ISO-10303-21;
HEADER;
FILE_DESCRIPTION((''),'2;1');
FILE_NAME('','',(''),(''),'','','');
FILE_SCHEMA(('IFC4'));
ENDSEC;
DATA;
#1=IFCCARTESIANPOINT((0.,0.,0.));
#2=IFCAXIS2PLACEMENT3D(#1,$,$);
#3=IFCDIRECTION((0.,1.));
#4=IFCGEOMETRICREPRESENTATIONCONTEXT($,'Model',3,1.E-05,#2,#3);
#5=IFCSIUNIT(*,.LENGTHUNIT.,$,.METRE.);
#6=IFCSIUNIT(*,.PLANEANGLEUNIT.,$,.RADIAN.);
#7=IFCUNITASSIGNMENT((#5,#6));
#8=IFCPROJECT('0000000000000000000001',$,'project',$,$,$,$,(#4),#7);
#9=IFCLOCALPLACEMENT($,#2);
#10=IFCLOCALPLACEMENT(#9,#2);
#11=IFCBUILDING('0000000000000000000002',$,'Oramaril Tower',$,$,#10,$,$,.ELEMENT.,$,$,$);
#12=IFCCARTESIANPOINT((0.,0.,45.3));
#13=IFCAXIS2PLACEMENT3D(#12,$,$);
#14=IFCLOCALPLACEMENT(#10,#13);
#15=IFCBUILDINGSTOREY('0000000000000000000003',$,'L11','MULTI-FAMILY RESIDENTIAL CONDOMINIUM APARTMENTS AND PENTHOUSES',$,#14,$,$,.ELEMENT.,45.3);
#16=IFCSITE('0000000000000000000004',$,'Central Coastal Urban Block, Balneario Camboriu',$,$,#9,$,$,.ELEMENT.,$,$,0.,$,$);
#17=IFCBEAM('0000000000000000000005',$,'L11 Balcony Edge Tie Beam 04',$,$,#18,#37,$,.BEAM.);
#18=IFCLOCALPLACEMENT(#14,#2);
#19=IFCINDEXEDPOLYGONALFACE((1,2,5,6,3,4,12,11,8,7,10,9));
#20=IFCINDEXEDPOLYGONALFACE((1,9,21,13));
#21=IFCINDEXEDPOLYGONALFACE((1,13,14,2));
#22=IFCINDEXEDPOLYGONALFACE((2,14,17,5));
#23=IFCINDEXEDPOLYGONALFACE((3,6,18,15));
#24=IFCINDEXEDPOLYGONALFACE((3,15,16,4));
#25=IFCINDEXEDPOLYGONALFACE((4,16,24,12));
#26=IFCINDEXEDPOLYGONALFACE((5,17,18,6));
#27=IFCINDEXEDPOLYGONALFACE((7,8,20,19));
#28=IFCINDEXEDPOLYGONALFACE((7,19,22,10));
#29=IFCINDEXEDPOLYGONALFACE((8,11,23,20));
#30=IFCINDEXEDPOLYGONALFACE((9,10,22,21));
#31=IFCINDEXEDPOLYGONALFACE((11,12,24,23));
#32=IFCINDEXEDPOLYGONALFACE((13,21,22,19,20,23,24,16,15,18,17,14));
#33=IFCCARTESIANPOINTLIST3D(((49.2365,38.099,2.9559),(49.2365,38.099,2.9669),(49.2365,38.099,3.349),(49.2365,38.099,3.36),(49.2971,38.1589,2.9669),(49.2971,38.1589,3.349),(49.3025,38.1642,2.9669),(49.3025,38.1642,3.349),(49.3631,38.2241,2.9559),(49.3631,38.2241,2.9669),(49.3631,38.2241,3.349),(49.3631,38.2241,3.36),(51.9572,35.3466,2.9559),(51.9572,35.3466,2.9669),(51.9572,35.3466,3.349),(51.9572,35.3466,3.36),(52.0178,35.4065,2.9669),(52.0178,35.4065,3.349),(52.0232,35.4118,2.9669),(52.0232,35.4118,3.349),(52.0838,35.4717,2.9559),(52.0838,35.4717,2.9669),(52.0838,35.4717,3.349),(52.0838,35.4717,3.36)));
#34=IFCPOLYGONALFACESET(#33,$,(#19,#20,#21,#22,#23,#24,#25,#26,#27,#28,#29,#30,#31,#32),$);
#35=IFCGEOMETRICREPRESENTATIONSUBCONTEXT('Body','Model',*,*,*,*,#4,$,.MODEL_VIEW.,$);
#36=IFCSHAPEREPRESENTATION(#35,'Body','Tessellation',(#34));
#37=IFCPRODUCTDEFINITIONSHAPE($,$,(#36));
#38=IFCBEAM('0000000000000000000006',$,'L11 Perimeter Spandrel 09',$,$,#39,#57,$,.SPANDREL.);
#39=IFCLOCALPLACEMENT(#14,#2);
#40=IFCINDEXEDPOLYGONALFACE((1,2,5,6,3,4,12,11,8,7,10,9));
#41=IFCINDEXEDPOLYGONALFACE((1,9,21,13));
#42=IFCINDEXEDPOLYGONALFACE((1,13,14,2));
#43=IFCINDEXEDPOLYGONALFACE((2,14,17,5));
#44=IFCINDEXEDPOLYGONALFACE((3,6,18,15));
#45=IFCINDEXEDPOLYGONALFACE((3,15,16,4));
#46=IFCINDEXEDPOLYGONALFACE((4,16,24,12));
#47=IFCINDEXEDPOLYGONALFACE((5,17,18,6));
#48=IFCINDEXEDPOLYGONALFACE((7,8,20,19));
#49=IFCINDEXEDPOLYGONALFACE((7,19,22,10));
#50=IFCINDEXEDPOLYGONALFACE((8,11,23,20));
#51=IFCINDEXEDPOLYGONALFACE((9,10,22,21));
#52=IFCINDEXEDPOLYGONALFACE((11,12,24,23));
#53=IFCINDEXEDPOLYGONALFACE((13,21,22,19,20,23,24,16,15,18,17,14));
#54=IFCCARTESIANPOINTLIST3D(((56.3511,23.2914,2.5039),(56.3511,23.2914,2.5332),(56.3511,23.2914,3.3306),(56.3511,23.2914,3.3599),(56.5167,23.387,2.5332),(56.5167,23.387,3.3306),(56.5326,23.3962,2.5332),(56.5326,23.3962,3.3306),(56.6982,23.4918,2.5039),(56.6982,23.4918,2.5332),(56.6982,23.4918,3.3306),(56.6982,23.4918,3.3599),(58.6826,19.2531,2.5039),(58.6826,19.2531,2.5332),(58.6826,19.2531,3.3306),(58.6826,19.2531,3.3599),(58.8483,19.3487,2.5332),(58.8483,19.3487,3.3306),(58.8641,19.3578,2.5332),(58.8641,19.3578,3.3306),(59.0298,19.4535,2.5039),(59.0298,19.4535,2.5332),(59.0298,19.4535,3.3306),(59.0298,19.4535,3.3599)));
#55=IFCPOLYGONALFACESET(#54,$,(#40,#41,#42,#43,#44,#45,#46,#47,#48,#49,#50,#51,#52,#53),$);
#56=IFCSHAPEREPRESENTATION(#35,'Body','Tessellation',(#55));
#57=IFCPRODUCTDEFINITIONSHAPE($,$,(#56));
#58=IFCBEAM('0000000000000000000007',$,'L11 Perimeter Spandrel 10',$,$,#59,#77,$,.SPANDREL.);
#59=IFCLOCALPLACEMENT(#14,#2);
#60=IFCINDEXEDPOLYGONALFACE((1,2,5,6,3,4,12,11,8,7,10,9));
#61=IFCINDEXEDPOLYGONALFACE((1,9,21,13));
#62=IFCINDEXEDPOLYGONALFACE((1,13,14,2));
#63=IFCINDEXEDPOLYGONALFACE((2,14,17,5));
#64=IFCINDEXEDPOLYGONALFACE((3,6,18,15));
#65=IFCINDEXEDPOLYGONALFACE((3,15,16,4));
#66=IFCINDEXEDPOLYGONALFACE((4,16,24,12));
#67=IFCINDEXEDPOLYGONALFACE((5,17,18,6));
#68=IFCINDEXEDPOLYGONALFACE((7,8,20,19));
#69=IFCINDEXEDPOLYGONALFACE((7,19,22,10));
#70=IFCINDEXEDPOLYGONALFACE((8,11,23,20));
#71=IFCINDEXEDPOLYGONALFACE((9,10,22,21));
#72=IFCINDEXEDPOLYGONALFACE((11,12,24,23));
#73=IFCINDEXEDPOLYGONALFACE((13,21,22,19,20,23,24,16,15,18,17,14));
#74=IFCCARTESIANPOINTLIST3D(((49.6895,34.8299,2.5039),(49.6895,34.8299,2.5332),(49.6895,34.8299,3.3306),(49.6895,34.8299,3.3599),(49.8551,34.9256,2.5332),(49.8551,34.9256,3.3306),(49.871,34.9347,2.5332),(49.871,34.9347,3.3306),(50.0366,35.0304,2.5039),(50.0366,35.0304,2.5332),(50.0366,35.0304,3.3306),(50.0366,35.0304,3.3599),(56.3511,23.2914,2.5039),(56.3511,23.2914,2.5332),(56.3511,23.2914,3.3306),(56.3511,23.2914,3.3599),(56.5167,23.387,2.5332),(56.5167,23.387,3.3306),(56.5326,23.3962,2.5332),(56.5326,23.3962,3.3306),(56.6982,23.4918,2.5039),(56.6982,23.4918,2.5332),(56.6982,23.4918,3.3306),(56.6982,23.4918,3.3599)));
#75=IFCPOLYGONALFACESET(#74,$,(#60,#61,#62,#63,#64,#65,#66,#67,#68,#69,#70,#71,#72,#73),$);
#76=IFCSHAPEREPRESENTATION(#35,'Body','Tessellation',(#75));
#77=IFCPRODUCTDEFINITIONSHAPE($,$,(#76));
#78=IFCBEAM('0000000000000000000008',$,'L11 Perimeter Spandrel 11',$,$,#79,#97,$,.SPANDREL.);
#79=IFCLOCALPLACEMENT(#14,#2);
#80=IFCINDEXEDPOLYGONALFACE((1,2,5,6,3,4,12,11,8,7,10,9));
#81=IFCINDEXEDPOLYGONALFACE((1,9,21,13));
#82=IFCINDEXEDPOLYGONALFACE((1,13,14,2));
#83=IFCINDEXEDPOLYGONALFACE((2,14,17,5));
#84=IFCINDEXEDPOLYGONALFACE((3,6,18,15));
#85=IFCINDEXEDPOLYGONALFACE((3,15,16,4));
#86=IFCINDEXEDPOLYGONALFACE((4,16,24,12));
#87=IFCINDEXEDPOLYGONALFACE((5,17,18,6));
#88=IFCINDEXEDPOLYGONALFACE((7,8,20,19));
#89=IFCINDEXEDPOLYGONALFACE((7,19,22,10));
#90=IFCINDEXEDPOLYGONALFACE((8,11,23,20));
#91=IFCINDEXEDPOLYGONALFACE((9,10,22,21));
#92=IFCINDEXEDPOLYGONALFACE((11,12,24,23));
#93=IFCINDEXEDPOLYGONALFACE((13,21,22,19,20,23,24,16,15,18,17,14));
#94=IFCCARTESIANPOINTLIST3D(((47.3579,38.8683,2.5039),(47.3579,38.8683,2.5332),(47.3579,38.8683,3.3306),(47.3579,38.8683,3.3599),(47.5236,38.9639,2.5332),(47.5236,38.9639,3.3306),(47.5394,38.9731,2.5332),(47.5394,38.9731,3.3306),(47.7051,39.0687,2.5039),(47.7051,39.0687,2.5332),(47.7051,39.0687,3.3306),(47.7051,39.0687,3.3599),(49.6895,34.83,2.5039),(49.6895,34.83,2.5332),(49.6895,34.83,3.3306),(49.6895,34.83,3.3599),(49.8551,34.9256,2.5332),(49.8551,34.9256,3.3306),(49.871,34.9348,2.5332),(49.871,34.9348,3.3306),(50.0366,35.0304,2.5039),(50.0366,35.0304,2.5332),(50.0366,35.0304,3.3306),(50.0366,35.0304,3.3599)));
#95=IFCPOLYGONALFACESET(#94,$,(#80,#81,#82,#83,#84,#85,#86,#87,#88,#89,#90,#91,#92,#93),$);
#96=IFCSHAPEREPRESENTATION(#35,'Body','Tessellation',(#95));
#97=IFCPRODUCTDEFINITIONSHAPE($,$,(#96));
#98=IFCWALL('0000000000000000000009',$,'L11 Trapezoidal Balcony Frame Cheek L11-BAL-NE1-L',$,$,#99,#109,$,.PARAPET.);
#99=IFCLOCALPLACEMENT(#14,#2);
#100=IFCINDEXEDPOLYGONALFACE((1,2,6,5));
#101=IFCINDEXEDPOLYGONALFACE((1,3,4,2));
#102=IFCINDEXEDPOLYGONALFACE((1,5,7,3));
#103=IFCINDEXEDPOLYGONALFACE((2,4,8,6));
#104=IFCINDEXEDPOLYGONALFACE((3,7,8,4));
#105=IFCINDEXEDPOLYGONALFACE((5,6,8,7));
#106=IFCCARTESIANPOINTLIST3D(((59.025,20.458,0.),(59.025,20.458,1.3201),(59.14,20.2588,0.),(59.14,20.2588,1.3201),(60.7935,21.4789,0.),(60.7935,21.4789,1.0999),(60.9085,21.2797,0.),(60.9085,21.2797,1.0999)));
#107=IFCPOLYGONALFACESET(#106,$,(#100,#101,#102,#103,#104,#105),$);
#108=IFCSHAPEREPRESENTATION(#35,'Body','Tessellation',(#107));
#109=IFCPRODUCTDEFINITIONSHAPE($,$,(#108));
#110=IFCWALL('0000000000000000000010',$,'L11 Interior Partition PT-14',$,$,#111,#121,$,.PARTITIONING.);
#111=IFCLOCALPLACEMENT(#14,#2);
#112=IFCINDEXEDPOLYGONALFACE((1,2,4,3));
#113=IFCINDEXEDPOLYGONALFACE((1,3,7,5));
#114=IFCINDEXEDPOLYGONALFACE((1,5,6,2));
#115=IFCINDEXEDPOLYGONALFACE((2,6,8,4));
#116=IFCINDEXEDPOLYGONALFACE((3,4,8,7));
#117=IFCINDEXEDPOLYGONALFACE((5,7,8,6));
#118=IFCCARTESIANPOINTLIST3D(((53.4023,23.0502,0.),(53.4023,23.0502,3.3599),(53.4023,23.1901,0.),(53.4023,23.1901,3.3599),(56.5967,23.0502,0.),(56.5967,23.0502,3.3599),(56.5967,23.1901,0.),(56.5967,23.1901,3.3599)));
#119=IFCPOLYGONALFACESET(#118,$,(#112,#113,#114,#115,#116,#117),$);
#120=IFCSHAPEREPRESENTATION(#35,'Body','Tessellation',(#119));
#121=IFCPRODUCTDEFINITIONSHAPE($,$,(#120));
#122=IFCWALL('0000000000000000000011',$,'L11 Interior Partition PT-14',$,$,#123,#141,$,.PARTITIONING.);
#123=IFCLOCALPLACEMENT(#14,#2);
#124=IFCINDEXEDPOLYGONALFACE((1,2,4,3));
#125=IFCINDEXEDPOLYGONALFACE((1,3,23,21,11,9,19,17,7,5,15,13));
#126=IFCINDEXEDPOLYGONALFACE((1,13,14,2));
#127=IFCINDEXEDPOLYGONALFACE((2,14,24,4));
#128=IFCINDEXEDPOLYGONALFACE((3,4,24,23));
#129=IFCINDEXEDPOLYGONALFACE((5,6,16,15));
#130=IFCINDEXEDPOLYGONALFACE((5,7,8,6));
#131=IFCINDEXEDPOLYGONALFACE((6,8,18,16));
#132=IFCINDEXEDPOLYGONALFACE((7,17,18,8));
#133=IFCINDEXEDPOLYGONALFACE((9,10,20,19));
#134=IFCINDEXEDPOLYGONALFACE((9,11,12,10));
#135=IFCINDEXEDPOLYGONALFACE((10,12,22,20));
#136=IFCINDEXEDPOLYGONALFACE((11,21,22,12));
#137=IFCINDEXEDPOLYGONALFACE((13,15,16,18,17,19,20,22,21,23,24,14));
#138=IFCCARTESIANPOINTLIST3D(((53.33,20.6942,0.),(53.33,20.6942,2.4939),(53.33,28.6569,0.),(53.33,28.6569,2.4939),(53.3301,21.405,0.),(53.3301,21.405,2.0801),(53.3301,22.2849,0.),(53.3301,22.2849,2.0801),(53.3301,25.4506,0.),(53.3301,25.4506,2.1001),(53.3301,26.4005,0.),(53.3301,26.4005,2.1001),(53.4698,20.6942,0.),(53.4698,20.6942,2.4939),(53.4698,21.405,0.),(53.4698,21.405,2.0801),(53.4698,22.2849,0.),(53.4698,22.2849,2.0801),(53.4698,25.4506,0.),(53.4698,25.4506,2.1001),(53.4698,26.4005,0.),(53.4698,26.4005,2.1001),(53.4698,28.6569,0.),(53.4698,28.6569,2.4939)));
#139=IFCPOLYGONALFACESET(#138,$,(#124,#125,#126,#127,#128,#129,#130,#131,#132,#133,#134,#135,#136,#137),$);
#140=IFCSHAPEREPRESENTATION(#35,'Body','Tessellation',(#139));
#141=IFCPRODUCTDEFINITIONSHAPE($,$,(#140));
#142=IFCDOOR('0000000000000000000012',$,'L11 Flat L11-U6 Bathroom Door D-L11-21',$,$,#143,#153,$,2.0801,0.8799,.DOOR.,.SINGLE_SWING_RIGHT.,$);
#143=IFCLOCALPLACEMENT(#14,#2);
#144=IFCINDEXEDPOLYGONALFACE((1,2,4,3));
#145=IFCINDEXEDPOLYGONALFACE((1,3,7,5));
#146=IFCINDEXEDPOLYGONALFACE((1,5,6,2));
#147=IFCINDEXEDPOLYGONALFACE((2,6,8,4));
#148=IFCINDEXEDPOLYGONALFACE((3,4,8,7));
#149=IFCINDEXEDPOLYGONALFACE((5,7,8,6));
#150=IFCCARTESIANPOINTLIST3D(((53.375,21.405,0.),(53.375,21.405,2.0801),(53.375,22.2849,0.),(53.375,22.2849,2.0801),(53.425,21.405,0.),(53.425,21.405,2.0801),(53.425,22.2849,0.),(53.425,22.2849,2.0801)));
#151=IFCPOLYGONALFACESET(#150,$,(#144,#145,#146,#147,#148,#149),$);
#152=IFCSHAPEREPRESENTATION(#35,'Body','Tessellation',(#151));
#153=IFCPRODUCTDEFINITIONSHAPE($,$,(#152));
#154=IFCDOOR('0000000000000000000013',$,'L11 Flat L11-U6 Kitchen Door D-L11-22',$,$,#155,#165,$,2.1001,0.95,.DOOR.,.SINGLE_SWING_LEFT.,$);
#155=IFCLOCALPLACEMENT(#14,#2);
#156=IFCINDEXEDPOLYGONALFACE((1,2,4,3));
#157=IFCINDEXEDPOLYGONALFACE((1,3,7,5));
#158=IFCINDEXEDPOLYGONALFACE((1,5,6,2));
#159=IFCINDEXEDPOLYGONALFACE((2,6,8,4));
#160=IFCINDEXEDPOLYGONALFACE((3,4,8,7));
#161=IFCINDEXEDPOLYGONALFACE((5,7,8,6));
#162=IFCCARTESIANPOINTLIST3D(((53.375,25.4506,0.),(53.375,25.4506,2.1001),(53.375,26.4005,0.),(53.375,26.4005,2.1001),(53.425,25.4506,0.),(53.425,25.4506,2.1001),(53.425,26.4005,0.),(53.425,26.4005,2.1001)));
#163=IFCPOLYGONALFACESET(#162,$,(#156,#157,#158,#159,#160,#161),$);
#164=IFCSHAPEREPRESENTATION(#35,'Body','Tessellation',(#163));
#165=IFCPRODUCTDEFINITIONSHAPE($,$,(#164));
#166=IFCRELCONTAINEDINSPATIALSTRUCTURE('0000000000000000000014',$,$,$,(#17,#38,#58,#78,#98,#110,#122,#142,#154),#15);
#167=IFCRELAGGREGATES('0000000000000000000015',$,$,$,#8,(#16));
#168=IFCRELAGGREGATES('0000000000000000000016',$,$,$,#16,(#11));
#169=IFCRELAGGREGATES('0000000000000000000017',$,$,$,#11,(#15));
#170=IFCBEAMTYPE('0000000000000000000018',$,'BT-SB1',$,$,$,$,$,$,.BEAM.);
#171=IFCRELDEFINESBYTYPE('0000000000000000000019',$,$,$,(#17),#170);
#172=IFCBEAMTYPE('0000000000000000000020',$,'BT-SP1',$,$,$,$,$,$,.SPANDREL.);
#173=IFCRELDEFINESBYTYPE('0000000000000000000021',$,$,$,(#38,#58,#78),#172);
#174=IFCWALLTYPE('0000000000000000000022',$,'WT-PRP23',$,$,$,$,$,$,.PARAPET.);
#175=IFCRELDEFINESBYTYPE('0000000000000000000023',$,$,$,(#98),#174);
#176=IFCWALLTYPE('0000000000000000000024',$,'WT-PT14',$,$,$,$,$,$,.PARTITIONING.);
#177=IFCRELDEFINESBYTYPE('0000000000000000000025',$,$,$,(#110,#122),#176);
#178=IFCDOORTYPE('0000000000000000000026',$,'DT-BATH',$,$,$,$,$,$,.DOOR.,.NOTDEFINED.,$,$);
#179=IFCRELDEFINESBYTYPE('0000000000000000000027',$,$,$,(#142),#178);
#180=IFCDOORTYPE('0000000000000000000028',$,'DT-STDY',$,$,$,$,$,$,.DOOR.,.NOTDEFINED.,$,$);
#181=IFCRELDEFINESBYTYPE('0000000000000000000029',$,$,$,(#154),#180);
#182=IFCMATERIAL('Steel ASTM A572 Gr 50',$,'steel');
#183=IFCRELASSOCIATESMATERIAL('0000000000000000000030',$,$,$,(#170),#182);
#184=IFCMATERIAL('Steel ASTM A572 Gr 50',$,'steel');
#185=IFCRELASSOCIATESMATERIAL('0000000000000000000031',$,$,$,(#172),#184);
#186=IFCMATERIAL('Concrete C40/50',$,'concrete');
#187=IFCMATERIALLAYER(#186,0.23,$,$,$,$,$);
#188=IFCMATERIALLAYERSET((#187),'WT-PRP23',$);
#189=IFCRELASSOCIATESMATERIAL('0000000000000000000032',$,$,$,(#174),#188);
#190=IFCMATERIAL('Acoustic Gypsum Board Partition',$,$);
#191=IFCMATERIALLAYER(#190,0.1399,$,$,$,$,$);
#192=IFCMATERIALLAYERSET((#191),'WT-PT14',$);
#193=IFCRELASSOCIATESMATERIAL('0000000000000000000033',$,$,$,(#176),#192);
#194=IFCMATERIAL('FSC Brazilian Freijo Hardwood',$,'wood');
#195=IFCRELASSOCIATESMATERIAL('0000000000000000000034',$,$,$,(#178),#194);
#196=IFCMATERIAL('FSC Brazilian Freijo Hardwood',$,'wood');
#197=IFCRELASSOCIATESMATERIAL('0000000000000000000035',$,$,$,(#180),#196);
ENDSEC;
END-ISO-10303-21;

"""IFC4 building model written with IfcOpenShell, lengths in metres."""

from ifc_helpers import new_model, si_unit, direction, frame, frame_2d, origin, origin_2d, place, context, subcontext, project, spatial, polyline, rectangle, i_section, outline, extrude, material, layer, layer_set, material_profile, profile_set, type_object, element, fill, save


model = new_model("IFC4")

# Units and contexts
model_context = context("Model", 3, precision=1e-05, world=origin(), true_north=direction((0.0, 1.0)))
body_context = subcontext(model_context, "Body", "Model", "MODEL_VIEW")
ifc_project = project(units=[si_unit("LENGTHUNIT", "METRE"), si_unit("PLANEANGLEUNIT", "RADIAN")], contexts=[model_context])

# Site, building, storey
site_placement = place(None, origin())
site = spatial("IfcSite", under=ifc_project, at=site_placement, Name="Central Coastal Urban Block, Balneario Camboriu", CompositionType="ELEMENT", RefElevation=0.0)
building_placement = place(site_placement, origin())
building = spatial("IfcBuilding", under=site, at=building_placement, Name="Oramaril Tower", CompositionType="ELEMENT")
storey_placement = place(building_placement, frame((0.0, 0.0, 45.3)))
storey = spatial("IfcBuildingStorey", under=building, at=storey_placement, Name="L11", Description="MULTI-FAMILY RESIDENTIAL CONDOMINIUM APARTMENTS AND PENTHOUSES", CompositionType="ELEMENT", Elevation=45.3)

# Beams
ifc_material_1 = material(Name="Steel ASTM A572 Gr 50", Category="steel")
ifc_material_profile_1 = material_profile(ifc_material_1, i_section(OverallWidth=0.178, OverallDepth=0.4041, WebThickness=0.0076, FlangeThickness=0.011, at=origin_2d()), Name="W16X36")
ifc_profile_set_1 = profile_set([ifc_material_profile_1], Name="Steel ASTM A572 Gr 50")
beam_type_1 = type_object("IfcBeamType", Name="BT-SB1", PredefinedType="BEAM", material=ifc_profile_set_1)
for number, where, z_axis, x_axis, name in (
    (1, (52.0205, 35.4092, 3.158), (-0.702995, 0.711195, 0.0), (-0.711195, -0.702995, 0.0), "L11 Balcony Edge Tie Beam 04"),
):
    element("IfcBeam", number, at=place(storey_placement, frame(where, z_axis=z_axis, x_axis=x_axis)), inside=storey, type_object=beam_type_1, Name=name, PredefinedType="BEAM", context=body_context, shape_type="SweptSolid", body=[
        extrude(i_section(OverallWidth=0.178, OverallDepth=0.4041, WebThickness=0.0076, FlangeThickness=0.011, at=origin_2d()), origin(), (0.0, 0.0, 1.0), 3.8701),
    ])
ifc_material_2 = material(Name="Steel ASTM A572 Gr 50", Category="steel")
ifc_material_profile_2 = material_profile(ifc_material_2, i_section(OverallWidth=0.4009, OverallDepth=0.856, WebThickness=0.0183, FlangeThickness=0.0293, at=origin_2d()), Name="W33X201")
ifc_profile_set_2 = profile_set([ifc_material_profile_2], Name="Steel ASTM A572 Gr 50")
beam_type_2 = type_object("IfcBeamType", Name="BT-SP1", PredefinedType="SPANDREL", material=ifc_profile_set_2)
beam_1_placement = place(storey_placement, frame((58.8562, 19.3533, 2.9319), z_axis=(-0.500002, 0.866024, 0.0), x_axis=(-0.866024, -0.500002, 0.0)))
element("IfcBeam", 2, at=beam_1_placement, inside=storey, type_object=beam_type_2, Name="L11 Perimeter Spandrel 09", PredefinedType="SPANDREL", context=body_context, shape_type="SweptSolid", body=[
    extrude(i_section(OverallWidth=0.4009, OverallDepth=0.856, WebThickness=0.0183, FlangeThickness=0.0293, at=origin_2d()), origin(), (0.0, 0.0, 1.0), 4.6631),
])
beam_2_placement = place(storey_placement, frame((56.5247, 23.3916, 2.9319), z_axis=(-0.49999, 0.866031, 0.0), x_axis=(-0.866031, -0.49999, 0.0)))
element("IfcBeam", 3, at=beam_2_placement, inside=storey, type_object=beam_type_2, Name="L11 Perimeter Spandrel 10", PredefinedType="SPANDREL", context=body_context, shape_type="SweptSolid", body=[
    extrude(i_section(OverallWidth=0.4009, OverallDepth=0.856, WebThickness=0.0183, FlangeThickness=0.0293, at=origin_2d()), origin(), (0.0, 0.0, 1.0), 13.3235),
])
beam_3_placement = place(storey_placement, frame((49.863, 34.9302, 2.9319), z_axis=(-0.500002, 0.866024, 0.0), x_axis=(-0.866024, -0.500002, 0.0)))
element("IfcBeam", 4, at=beam_3_placement, inside=storey, type_object=beam_type_2, Name="L11 Perimeter Spandrel 11", PredefinedType="SPANDREL", context=body_context, shape_type="SweptSolid", body=[
    extrude(i_section(OverallWidth=0.4009, OverallDepth=0.856, WebThickness=0.0183, FlangeThickness=0.0293, at=origin_2d()), origin(), (0.0, 0.0, 1.0), 4.6631),
])

# Walls
ifc_material_3 = material(Name="Concrete C40/50", Category="concrete")
ifc_layer_1 = layer(ifc_material_3, 0.23)
ifc_layer_set_1 = layer_set([ifc_layer_1], Name="WT-PRP23")
wall_type_1 = type_object("IfcWallType", Name="WT-PRP23", PredefinedType="PARAPET", material=ifc_layer_set_1)
wall_1_placement = place(storey_placement, frame((59.0825, 20.3584, 0.0), z_axis=(0.0, 0.0, 1.0), x_axis=(0.866042, 0.499971, 0.0)))
element("IfcWall", 5, at=wall_1_placement, inside=storey, type_object=wall_type_1, Name="L11 Trapezoidal Balcony Frame Cheek L11-BAL-NE1-L", PredefinedType="PARAPET", context=body_context, shape_type="SweptSolid", body=[
    extrude(outline(polyline([(0.0, 0.0), (2.042, 0.0), (2.042, 1.0999), (0.0, 1.3201), (0.0, 0.0)])), frame((0.0, 0.115, 0.0), z_axis=(0.0, -1.0, 0.0), x_axis=(1.0, 0.0, 0.0)), (0.0, 0.0, 1.0), 0.23),
])
ifc_material_4 = material(Name="Acoustic Gypsum Board Partition")
ifc_layer_2 = layer(ifc_material_4, 0.1399)
ifc_layer_set_2 = layer_set([ifc_layer_2], Name="WT-PT14")
wall_type_2 = type_object("IfcWallType", Name="WT-PT14", PredefinedType="PARTITIONING", material=ifc_layer_set_2)
wall_2_placement = place(storey_placement, frame((53.4023, 23.1201, 0.0), z_axis=(0.0, 0.0, 1.0), x_axis=(1.0, 0.0, 0.0)))
element("IfcWall", 6, at=wall_2_placement, inside=storey, type_object=wall_type_2, Name="L11 Interior Partition PT-14", PredefinedType="PARTITIONING", context=body_context, shape_type="SweptSolid", body=[
    extrude(rectangle(XDim=3.1943, YDim=0.1399, at=frame_2d((1.5972, 0.0))), origin(), (0.0, 0.0, 1.0), 3.3599),
])

# Wall, openings, doors
wall_3_placement = place(storey_placement, frame((53.3999, 20.6941, 0.0), z_axis=(0.0, 0.0, 1.0), x_axis=(0.0, 1.0, 0.0)))
wall_3 = element("IfcWall", 7, at=wall_3_placement, inside=storey, type_object=wall_type_2, Name="L11 Interior Partition PT-14", PredefinedType="PARTITIONING", context=body_context, shape_type="SweptSolid", body=[
    extrude(rectangle(XDim=7.9626, YDim=0.1399, at=frame_2d((3.9814, 0.0))), origin(), (0.0, 0.0, 1.0), 2.4939),
])
opening_1_placement = place(wall_3_placement, frame((0.7109, 0.0, 0.0)))
opening_1 = element("IfcOpeningElement", 8, at=opening_1_placement, cuts=wall_3, PredefinedType="OPENING", context=body_context, shape_type="SweptSolid", body=[
    extrude(rectangle(XDim=0.8799, YDim=2.0801, at=frame_2d((0.4399, 1.04))), frame((0.0, 0.0698, 0.0), z_axis=(0.0, -1.0, 0.0), x_axis=(1.0, 0.0, 0.0)), (0.0, 0.0, 1.0), 0.1399),
])
opening_2_placement = place(wall_3_placement, frame((4.7563, 0.0, 0.0)))
opening_2 = element("IfcOpeningElement", 9, at=opening_2_placement, cuts=wall_3, PredefinedType="OPENING", context=body_context, shape_type="SweptSolid", body=[
    extrude(rectangle(XDim=0.95, YDim=2.1001, at=frame_2d((0.4751, 1.05))), frame((0.0, 0.0698, 0.0), z_axis=(0.0, -1.0, 0.0), x_axis=(1.0, 0.0, 0.0)), (0.0, 0.0, 1.0), 0.1399),
])
ifc_material_5 = material(Name="FSC Brazilian Freijo Hardwood", Category="wood")
door_type_1 = type_object("IfcDoorType", Name="DT-BATH", OperationType="NOTDEFINED", PredefinedType="DOOR", material=ifc_material_5)
door_1_placement = place(opening_1_placement, origin())
door_1 = element("IfcDoor", 10, at=door_1_placement, inside=storey, type_object=door_type_1, Name="L11 Flat L11-U6 Bathroom Door D-L11-21", OperationType="SINGLE_SWING_RIGHT", OverallHeight=2.0801, OverallWidth=0.8799, PredefinedType="DOOR", context=body_context, shape_type="SweptSolid", body=[
    extrude(rectangle(XDim=0.8799, YDim=2.0801, at=frame_2d((0.4399, 1.04))), frame((0.0, 0.0249, 0.0), z_axis=(0.0, -1.0, 0.0), x_axis=(1.0, 0.0, 0.0)), (0.0, 0.0, 1.0), 0.05),
])
fill(opening_1, door_1)
ifc_material_6 = material(Name="FSC Brazilian Freijo Hardwood", Category="wood")
door_type_2 = type_object("IfcDoorType", Name="DT-STDY", OperationType="NOTDEFINED", PredefinedType="DOOR", material=ifc_material_6)
door_2_placement = place(opening_2_placement, origin())
door_2 = element("IfcDoor", 11, at=door_2_placement, inside=storey, type_object=door_type_2, Name="L11 Flat L11-U6 Kitchen Door D-L11-22", OperationType="SINGLE_SWING_LEFT", OverallHeight=2.1001, OverallWidth=0.95, PredefinedType="DOOR", context=body_context, shape_type="SweptSolid", body=[
    extrude(rectangle(XDim=0.95, YDim=2.1001, at=frame_2d((0.4751, 1.05))), frame((0.0, 0.0249, 0.0), z_axis=(0.0, -1.0, 0.0), x_axis=(1.0, 0.0, 0.0)), (0.0, 0.0, 1.0), 0.05),
])
fill(opening_2, door_2)

save(model, "model.ifc")
